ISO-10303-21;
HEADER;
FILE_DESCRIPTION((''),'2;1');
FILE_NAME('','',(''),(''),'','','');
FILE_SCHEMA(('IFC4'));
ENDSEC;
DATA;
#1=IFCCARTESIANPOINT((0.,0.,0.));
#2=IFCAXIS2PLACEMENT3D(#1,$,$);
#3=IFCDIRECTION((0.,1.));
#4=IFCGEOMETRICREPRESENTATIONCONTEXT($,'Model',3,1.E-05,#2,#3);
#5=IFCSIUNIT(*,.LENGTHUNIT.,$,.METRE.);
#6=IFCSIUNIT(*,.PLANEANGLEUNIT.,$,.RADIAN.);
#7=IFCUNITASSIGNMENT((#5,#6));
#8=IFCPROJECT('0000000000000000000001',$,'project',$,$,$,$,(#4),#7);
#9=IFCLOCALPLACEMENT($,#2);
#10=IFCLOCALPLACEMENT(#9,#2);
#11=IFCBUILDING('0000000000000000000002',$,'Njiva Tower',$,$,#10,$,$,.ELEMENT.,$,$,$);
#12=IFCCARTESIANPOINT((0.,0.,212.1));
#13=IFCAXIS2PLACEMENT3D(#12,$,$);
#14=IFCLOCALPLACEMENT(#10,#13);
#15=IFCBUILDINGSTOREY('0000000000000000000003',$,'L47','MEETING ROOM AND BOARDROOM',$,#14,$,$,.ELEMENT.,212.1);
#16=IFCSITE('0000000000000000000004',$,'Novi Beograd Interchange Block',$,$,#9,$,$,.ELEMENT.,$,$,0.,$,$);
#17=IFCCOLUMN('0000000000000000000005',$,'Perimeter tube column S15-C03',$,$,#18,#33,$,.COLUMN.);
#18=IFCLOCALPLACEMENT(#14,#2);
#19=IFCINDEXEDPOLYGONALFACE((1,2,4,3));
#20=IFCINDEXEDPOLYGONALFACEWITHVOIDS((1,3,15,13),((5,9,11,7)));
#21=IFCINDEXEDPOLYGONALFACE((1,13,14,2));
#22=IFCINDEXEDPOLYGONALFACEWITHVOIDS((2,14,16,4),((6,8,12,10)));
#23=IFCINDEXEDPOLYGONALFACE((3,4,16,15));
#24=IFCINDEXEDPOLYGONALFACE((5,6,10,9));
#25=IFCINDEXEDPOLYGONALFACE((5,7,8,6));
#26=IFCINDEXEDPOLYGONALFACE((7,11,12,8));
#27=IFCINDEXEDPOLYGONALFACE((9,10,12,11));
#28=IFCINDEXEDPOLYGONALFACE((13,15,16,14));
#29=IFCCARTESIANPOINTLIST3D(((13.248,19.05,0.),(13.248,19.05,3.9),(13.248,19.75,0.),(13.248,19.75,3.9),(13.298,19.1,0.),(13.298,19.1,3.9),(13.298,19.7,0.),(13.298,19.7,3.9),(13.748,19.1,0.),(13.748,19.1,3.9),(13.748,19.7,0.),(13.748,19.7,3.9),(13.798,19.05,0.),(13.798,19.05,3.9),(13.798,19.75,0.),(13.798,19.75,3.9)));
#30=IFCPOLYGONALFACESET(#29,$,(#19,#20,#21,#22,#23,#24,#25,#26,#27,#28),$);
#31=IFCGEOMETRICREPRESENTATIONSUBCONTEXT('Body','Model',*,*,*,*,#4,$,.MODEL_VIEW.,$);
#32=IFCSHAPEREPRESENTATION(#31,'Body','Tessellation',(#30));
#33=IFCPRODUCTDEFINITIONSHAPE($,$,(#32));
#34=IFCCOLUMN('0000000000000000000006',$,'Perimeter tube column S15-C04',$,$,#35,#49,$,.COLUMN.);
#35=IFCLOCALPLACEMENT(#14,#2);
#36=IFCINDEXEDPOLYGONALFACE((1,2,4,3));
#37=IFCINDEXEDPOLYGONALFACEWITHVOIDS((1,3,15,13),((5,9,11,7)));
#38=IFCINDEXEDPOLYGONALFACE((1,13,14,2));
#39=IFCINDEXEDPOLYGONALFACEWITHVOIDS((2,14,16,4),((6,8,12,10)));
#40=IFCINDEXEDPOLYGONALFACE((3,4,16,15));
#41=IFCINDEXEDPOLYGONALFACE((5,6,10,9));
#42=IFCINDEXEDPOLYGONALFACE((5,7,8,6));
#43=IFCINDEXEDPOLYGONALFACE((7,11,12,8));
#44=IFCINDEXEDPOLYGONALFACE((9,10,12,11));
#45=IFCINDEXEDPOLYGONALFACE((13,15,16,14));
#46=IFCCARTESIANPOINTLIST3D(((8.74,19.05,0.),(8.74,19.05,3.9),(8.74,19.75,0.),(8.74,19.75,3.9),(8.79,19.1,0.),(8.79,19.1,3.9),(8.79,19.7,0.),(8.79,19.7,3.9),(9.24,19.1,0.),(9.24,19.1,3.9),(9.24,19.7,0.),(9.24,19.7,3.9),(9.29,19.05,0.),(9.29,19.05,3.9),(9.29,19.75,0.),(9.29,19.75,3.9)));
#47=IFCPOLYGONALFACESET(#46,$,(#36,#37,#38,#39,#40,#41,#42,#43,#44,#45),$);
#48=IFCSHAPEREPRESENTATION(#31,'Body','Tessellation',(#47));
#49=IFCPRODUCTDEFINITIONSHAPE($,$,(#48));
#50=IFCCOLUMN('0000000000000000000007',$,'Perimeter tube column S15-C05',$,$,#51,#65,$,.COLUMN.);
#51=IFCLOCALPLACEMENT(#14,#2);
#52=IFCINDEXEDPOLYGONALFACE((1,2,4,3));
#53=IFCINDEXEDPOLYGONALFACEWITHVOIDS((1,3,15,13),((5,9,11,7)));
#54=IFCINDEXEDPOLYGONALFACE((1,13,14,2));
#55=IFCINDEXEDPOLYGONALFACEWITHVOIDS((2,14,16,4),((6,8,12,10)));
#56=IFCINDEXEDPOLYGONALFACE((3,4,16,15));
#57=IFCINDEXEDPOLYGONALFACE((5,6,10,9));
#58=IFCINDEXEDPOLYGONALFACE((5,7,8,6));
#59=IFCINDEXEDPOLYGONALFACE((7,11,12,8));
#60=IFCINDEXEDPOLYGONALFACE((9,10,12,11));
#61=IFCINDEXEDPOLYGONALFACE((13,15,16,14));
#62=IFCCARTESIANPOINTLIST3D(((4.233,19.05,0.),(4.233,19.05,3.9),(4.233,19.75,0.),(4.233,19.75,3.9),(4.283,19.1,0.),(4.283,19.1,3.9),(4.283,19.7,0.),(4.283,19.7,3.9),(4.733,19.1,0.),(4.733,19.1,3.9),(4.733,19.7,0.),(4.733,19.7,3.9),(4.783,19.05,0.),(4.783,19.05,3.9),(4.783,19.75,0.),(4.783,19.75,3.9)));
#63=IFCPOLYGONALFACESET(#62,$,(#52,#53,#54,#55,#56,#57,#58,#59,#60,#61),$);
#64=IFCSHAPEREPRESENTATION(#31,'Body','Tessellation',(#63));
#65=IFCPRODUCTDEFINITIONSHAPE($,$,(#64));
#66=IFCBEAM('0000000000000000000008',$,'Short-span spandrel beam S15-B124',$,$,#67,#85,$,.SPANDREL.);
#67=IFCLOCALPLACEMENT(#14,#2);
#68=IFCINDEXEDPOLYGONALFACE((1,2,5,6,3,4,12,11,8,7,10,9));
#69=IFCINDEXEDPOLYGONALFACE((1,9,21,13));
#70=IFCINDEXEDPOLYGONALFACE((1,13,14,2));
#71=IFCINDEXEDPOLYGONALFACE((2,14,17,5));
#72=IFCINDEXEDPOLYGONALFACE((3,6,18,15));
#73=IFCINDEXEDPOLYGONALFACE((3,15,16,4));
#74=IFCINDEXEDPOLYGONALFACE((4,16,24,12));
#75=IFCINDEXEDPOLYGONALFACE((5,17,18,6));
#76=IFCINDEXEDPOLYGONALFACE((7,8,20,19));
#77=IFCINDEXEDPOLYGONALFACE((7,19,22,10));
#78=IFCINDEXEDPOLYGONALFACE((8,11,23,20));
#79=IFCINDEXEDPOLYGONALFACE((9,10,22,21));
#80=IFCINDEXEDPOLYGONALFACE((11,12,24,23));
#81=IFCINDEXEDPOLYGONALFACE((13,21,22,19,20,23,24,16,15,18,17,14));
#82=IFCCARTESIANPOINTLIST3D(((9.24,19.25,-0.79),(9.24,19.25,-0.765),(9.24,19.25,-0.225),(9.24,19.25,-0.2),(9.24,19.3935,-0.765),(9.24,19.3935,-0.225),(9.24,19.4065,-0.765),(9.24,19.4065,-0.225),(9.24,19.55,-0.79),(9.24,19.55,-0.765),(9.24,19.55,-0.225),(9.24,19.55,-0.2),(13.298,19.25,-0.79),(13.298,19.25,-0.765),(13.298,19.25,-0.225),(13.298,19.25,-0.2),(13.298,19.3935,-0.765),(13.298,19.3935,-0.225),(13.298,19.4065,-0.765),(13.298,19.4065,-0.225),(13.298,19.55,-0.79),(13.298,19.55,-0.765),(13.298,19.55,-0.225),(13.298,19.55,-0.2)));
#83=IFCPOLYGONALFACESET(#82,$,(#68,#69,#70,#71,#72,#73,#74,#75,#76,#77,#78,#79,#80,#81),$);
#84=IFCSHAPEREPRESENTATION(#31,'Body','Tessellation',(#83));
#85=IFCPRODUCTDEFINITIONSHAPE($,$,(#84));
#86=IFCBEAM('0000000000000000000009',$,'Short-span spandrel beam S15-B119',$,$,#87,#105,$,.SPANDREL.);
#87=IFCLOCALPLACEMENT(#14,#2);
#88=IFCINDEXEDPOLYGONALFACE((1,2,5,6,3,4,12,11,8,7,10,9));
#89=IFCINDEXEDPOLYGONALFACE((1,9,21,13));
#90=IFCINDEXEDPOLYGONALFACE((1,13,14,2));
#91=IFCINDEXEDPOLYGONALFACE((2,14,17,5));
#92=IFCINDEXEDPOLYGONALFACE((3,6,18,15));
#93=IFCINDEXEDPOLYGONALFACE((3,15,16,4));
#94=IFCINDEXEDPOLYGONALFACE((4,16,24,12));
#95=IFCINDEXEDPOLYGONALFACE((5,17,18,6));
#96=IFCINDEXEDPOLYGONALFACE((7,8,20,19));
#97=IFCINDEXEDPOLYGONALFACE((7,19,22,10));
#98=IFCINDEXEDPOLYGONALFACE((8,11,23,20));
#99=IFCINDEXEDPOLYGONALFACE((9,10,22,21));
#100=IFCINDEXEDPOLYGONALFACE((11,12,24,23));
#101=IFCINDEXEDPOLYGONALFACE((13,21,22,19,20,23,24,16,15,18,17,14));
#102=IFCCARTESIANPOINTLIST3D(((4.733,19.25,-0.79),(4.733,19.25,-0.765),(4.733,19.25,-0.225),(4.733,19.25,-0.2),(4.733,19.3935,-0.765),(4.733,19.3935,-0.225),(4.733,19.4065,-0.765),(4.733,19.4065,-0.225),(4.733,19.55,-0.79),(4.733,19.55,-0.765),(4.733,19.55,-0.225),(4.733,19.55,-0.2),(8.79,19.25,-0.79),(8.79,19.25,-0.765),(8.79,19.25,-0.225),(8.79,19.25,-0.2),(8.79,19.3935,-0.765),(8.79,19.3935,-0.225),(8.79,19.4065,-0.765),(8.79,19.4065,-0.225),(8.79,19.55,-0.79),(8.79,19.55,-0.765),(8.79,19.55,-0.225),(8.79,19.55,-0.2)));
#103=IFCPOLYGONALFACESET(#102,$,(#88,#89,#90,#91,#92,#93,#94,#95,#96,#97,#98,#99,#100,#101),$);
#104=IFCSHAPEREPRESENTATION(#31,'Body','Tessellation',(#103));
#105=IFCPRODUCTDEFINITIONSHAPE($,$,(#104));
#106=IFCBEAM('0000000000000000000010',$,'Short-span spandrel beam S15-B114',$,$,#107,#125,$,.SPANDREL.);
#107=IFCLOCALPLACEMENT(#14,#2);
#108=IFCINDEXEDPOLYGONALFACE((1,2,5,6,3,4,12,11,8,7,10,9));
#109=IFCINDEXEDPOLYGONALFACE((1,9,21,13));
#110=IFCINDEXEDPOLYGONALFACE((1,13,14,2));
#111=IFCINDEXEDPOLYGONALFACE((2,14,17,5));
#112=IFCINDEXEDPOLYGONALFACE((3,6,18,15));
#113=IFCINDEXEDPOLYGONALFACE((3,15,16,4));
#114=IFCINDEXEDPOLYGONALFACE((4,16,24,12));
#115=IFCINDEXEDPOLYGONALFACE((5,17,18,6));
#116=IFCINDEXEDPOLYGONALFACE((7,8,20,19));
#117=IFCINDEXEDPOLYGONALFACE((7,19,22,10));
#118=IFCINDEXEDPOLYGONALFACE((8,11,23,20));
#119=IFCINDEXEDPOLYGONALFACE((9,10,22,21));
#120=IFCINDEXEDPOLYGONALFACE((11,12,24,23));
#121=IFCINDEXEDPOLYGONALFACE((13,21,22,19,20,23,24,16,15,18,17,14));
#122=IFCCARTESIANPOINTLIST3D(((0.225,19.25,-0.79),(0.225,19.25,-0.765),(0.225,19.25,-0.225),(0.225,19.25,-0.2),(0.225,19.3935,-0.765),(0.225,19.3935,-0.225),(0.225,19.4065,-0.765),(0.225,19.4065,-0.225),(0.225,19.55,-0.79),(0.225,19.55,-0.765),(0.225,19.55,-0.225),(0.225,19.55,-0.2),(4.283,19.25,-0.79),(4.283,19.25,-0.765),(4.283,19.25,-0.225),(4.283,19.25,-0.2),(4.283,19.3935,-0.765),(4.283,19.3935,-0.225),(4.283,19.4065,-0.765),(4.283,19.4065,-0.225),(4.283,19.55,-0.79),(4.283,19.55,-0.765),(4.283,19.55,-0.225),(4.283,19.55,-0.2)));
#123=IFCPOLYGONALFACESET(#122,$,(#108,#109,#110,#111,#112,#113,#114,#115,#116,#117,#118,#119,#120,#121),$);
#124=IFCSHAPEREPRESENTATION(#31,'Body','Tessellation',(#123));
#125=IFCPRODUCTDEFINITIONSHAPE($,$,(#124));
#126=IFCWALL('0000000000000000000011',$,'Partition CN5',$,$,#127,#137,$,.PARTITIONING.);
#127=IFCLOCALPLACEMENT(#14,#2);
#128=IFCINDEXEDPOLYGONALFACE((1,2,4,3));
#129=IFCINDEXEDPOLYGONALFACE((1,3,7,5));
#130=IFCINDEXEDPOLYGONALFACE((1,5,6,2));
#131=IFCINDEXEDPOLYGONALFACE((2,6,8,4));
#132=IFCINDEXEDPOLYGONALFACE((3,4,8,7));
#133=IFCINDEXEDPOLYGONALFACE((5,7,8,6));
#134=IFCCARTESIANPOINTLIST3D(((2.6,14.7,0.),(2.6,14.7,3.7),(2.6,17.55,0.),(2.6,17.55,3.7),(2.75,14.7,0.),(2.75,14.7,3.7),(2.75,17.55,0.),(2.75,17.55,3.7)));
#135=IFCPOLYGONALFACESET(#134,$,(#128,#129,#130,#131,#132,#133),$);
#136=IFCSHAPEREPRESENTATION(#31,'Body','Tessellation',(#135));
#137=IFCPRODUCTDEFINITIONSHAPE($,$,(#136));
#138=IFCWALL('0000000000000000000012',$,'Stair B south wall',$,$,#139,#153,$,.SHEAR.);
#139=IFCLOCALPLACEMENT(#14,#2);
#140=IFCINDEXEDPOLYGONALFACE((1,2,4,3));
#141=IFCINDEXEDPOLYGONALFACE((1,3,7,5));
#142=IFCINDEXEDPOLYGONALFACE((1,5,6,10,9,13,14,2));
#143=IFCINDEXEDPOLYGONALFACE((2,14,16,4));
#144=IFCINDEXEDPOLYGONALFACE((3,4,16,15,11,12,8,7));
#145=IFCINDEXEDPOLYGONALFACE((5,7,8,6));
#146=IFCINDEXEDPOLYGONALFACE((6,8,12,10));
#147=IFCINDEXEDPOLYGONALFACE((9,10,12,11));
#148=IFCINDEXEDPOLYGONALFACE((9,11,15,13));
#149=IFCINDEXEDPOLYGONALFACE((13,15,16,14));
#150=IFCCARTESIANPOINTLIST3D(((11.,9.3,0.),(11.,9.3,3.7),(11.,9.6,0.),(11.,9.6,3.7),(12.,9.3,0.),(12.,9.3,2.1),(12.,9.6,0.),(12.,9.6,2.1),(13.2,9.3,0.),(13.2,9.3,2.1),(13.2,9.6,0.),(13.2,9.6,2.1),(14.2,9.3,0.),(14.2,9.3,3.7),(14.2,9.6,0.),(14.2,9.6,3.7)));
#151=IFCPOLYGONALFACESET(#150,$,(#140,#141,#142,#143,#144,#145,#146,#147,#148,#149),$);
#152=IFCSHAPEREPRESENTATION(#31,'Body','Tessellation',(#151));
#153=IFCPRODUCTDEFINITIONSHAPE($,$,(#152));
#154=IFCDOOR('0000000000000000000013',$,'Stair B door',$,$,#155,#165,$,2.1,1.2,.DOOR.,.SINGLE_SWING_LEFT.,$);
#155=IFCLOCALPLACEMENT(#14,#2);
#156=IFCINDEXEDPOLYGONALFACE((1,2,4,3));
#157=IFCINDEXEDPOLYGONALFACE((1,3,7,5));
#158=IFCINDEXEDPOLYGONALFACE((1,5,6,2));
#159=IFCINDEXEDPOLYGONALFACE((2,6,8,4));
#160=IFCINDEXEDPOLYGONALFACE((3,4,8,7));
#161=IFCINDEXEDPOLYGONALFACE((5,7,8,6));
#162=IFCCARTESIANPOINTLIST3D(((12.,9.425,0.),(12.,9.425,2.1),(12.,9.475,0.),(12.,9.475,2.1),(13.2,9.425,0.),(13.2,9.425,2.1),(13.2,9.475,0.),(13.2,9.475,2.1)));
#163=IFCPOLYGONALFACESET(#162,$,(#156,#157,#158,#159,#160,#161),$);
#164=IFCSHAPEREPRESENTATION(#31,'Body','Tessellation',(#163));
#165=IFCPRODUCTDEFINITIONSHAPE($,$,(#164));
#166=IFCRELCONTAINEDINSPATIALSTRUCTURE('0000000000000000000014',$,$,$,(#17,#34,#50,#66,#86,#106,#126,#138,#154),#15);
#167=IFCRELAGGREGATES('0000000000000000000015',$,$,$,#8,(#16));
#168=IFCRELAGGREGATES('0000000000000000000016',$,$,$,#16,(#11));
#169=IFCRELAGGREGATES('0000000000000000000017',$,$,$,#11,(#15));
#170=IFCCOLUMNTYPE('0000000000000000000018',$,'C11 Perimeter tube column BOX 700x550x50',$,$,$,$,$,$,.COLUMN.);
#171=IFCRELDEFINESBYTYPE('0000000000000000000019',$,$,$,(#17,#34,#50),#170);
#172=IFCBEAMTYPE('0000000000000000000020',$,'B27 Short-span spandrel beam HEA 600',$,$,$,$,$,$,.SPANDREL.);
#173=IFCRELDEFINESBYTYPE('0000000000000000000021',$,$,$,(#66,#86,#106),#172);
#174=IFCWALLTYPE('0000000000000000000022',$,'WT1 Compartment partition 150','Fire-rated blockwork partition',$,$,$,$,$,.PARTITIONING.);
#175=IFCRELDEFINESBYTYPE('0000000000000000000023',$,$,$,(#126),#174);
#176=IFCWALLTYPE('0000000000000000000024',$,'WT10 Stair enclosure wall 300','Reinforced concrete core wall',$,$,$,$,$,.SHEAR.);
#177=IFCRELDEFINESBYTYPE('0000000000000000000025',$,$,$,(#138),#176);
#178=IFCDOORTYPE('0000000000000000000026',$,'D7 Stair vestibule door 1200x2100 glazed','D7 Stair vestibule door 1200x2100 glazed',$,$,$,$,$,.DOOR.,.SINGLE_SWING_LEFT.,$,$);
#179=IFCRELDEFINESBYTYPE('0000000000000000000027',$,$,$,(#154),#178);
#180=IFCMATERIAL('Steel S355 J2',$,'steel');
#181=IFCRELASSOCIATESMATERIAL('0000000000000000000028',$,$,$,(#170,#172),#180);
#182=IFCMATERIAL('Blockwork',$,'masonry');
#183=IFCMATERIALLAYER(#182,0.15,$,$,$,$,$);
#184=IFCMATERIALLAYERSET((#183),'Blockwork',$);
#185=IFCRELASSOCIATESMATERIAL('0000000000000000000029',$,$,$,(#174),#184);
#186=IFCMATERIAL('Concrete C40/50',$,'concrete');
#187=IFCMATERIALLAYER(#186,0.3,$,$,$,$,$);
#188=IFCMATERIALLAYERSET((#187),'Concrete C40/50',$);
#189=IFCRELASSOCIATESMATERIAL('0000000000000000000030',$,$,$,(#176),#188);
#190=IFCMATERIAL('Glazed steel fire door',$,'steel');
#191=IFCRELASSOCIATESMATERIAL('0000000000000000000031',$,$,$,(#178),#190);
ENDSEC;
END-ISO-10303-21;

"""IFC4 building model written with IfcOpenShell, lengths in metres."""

from ifc_helpers import new_model, si_unit, direction, frame, frame_2d, origin, origin_2d, place, context, subcontext, project, spatial, rectangle, hollow_rectangle, i_section, extrude, material, layer, layer_set, material_profile, profile_set, type_object, element, fill, save


model = new_model("IFC4")

# Units and contexts
model_context = context("Model", 3, precision=1e-05, world=origin(), true_north=direction((0.0, 1.0)))
body_context = subcontext(model_context, "Body", "Model", "MODEL_VIEW")
ifc_project = project(units=[si_unit("LENGTHUNIT", "METRE"), si_unit("PLANEANGLEUNIT", "RADIAN")], contexts=[model_context])

# Site, building, storey
site_placement = place(None, origin())
site = spatial("IfcSite", under=ifc_project, at=site_placement, Name="Novi Beograd Interchange Block", CompositionType="ELEMENT", RefElevation=0.0)
building_placement = place(site_placement, origin())
building = spatial("IfcBuilding", under=site, at=building_placement, Name="Njiva Tower", CompositionType="ELEMENT")
storey_placement = place(building_placement, frame((0.0, 0.0, 212.1)))
storey = spatial("IfcBuildingStorey", under=building, at=storey_placement, Name="L47", Description="MEETING ROOM AND BOARDROOM", CompositionType="ELEMENT", Elevation=212.1)

# Columns
ifc_material_1 = material(Name="Steel S355 J2", Category="steel")
ifc_material_profile_1 = material_profile(ifc_material_1, hollow_rectangle(XDim=0.55, YDim=0.7, WallThickness=0.05, at=origin_2d()), Name="BOX 700x550x50")
ifc_profile_set_1 = profile_set([ifc_material_profile_1], Name="Steel S355 J2")
column_type = type_object("IfcColumnType", Name="C11 Perimeter tube column BOX 700x550x50", PredefinedType="COLUMN", material=ifc_profile_set_1)
for number, where, z_axis, x_axis, name in (
    (1, (13.523, 19.4, 0.0), (0.0, 0.0, 1.0), (-1.0, 0.0, 0.0), "Perimeter tube column S15-C03"),
    (2, (9.015, 19.4, 0.0), (0.0, 0.0, 1.0), (-1.0, 0.0, 0.0), "Perimeter tube column S15-C04"),
    (3, (4.508, 19.4, 0.0), (0.0, 0.0, 1.0), (-1.0, 0.0, 0.0), "Perimeter tube column S15-C05"),
):
    element("IfcColumn", number, at=place(storey_placement, frame(where, z_axis=z_axis, x_axis=x_axis)), inside=storey, type_object=column_type, Name=name, PredefinedType="COLUMN", context=body_context, shape_type="SweptSolid", body=[
        extrude(hollow_rectangle(XDim=0.55, YDim=0.7, WallThickness=0.05, at=origin_2d()), origin(), (0.0, 0.0, 1.0), 3.9),
    ])

# Beams
ifc_material_profile_2 = material_profile(ifc_material_1, i_section(OverallWidth=0.3, OverallDepth=0.59, WebThickness=0.013, FlangeThickness=0.025, at=origin_2d()), Name="HEA 600")
ifc_profile_set_2 = profile_set([ifc_material_profile_2], Name="Steel S355 J2")
beam_type = type_object("IfcBeamType", Name="B27 Short-span spandrel beam HEA 600", PredefinedType="SPANDREL", material=ifc_profile_set_2)
beam_1_placement = place(storey_placement, frame((13.298, 19.4, -0.495), z_axis=(-1.0, 0.0, 0.0), x_axis=(0.0, -1.0, 0.0)))
element("IfcBeam", 4, at=beam_1_placement, inside=storey, type_object=beam_type, Name="Short-span spandrel beam S15-B124", PredefinedType="SPANDREL", context=body_context, shape_type="SweptSolid", body=[
    extrude(i_section(OverallWidth=0.3, OverallDepth=0.59, WebThickness=0.013, FlangeThickness=0.025, at=origin_2d()), origin(), (0.0, 0.0, 1.0), 4.058),
])
beam_2_placement = place(storey_placement, frame((8.79, 19.4, -0.495), z_axis=(-1.0, 0.0, 0.0), x_axis=(0.0, -1.0, 0.0)))
element("IfcBeam", 5, at=beam_2_placement, inside=storey, type_object=beam_type, Name="Short-span spandrel beam S15-B119", PredefinedType="SPANDREL", context=body_context, shape_type="SweptSolid", body=[
    extrude(i_section(OverallWidth=0.3, OverallDepth=0.59, WebThickness=0.013, FlangeThickness=0.025, at=origin_2d()), origin(), (0.0, 0.0, 1.0), 4.057),
])
beam_3_placement = place(storey_placement, frame((4.283, 19.4, -0.495), z_axis=(-1.0, 0.0, 0.0), x_axis=(0.0, -1.0, 0.0)))
element("IfcBeam", 6, at=beam_3_placement, inside=storey, type_object=beam_type, Name="Short-span spandrel beam S15-B114", PredefinedType="SPANDREL", context=body_context, shape_type="SweptSolid", body=[
    extrude(i_section(OverallWidth=0.3, OverallDepth=0.59, WebThickness=0.013, FlangeThickness=0.025, at=origin_2d()), origin(), (0.0, 0.0, 1.0), 4.058),
])

# Wall
ifc_material_2 = material(Name="Blockwork", Category="masonry")
ifc_layer_1 = layer(ifc_material_2, 0.15)
ifc_layer_set_1 = layer_set([ifc_layer_1], Name="Blockwork")
wall_type_1 = type_object("IfcWallType", Name="WT1 Compartment partition 150", Description="Fire-rated blockwork partition", PredefinedType="PARTITIONING", material=ifc_layer_set_1)
wall_1_placement = place(storey_placement, frame((2.675, 14.7, 0.0), z_axis=(0.0, 0.0, 1.0), x_axis=(0.0, 1.0, 0.0)))
element("IfcWall", 7, at=wall_1_placement, inside=storey, type_object=wall_type_1, Name="Partition CN5", PredefinedType="PARTITIONING", context=body_context, shape_type="SweptSolid", body=[
    extrude(rectangle(XDim=2.85, YDim=0.15, at=frame_2d((1.425, 0.0))), origin(), (0.0, 0.0, 1.0), 3.7),
])

# Wall, opening, door
ifc_material_3 = material(Name="Concrete C40/50", Category="concrete")
ifc_layer_2 = layer(ifc_material_3, 0.3)
ifc_layer_set_2 = layer_set([ifc_layer_2], Name="Concrete C40/50")
wall_type_2 = type_object("IfcWallType", Name="WT10 Stair enclosure wall 300", Description="Reinforced concrete core wall", PredefinedType="SHEAR", material=ifc_layer_set_2)
wall_2_placement = place(storey_placement, frame((11.0, 9.45, 0.0), z_axis=(0.0, 0.0, 1.0), x_axis=(1.0, 0.0, 0.0)))
wall_2 = element("IfcWall", 8, at=wall_2_placement, inside=storey, type_object=wall_type_2, Name="Stair B south wall", PredefinedType="SHEAR", context=body_context, shape_type="SweptSolid", body=[
    extrude(rectangle(XDim=3.2, YDim=0.3, at=frame_2d((1.6, 0.0))), origin(), (0.0, 0.0, 1.0), 3.7),
])
opening_1_placement = place(wall_2_placement, frame((1.0, 0.0, 0.0)))
opening_1 = element("IfcOpeningElement", 9, at=opening_1_placement, cuts=wall_2, PredefinedType="OPENING", context=body_context, shape_type="SweptSolid", body=[
    extrude(rectangle(XDim=1.2, YDim=2.1, at=frame_2d((0.6, 1.05))), frame((0.0, 0.16, 0.0), z_axis=(0.0, -1.0, 0.0), x_axis=(1.0, 0.0, 0.0)), (0.0, 0.0, 1.0), 0.32),
])
ifc_material_4 = material(Name="Glazed steel fire door", Category="steel")
door_type_1 = type_object("IfcDoorType", Name="D7 Stair vestibule door 1200x2100 glazed", Description="D7 Stair vestibule door 1200x2100 glazed", OperationType="SINGLE_SWING_LEFT", PredefinedType="DOOR", material=ifc_material_4)
door_1_placement = place(opening_1_placement, origin())
door_1 = element("IfcDoor", 10, at=door_1_placement, inside=storey, type_object=door_type_1, Name="Stair B door", OperationType="SINGLE_SWING_LEFT", OverallHeight=2.1, OverallWidth=1.2, PredefinedType="DOOR", context=body_context, shape_type="SweptSolid", body=[
    extrude(rectangle(XDim=1.2, YDim=2.1, at=frame_2d((0.6, 1.05))), frame((0.0, 0.025, 0.0), z_axis=(0.0, -1.0, 0.0), x_axis=(1.0, 0.0, 0.0)), (0.0, 0.0, 1.0), 0.05),
])
fill(opening_1, door_1)

save(model, "model.ifc")
